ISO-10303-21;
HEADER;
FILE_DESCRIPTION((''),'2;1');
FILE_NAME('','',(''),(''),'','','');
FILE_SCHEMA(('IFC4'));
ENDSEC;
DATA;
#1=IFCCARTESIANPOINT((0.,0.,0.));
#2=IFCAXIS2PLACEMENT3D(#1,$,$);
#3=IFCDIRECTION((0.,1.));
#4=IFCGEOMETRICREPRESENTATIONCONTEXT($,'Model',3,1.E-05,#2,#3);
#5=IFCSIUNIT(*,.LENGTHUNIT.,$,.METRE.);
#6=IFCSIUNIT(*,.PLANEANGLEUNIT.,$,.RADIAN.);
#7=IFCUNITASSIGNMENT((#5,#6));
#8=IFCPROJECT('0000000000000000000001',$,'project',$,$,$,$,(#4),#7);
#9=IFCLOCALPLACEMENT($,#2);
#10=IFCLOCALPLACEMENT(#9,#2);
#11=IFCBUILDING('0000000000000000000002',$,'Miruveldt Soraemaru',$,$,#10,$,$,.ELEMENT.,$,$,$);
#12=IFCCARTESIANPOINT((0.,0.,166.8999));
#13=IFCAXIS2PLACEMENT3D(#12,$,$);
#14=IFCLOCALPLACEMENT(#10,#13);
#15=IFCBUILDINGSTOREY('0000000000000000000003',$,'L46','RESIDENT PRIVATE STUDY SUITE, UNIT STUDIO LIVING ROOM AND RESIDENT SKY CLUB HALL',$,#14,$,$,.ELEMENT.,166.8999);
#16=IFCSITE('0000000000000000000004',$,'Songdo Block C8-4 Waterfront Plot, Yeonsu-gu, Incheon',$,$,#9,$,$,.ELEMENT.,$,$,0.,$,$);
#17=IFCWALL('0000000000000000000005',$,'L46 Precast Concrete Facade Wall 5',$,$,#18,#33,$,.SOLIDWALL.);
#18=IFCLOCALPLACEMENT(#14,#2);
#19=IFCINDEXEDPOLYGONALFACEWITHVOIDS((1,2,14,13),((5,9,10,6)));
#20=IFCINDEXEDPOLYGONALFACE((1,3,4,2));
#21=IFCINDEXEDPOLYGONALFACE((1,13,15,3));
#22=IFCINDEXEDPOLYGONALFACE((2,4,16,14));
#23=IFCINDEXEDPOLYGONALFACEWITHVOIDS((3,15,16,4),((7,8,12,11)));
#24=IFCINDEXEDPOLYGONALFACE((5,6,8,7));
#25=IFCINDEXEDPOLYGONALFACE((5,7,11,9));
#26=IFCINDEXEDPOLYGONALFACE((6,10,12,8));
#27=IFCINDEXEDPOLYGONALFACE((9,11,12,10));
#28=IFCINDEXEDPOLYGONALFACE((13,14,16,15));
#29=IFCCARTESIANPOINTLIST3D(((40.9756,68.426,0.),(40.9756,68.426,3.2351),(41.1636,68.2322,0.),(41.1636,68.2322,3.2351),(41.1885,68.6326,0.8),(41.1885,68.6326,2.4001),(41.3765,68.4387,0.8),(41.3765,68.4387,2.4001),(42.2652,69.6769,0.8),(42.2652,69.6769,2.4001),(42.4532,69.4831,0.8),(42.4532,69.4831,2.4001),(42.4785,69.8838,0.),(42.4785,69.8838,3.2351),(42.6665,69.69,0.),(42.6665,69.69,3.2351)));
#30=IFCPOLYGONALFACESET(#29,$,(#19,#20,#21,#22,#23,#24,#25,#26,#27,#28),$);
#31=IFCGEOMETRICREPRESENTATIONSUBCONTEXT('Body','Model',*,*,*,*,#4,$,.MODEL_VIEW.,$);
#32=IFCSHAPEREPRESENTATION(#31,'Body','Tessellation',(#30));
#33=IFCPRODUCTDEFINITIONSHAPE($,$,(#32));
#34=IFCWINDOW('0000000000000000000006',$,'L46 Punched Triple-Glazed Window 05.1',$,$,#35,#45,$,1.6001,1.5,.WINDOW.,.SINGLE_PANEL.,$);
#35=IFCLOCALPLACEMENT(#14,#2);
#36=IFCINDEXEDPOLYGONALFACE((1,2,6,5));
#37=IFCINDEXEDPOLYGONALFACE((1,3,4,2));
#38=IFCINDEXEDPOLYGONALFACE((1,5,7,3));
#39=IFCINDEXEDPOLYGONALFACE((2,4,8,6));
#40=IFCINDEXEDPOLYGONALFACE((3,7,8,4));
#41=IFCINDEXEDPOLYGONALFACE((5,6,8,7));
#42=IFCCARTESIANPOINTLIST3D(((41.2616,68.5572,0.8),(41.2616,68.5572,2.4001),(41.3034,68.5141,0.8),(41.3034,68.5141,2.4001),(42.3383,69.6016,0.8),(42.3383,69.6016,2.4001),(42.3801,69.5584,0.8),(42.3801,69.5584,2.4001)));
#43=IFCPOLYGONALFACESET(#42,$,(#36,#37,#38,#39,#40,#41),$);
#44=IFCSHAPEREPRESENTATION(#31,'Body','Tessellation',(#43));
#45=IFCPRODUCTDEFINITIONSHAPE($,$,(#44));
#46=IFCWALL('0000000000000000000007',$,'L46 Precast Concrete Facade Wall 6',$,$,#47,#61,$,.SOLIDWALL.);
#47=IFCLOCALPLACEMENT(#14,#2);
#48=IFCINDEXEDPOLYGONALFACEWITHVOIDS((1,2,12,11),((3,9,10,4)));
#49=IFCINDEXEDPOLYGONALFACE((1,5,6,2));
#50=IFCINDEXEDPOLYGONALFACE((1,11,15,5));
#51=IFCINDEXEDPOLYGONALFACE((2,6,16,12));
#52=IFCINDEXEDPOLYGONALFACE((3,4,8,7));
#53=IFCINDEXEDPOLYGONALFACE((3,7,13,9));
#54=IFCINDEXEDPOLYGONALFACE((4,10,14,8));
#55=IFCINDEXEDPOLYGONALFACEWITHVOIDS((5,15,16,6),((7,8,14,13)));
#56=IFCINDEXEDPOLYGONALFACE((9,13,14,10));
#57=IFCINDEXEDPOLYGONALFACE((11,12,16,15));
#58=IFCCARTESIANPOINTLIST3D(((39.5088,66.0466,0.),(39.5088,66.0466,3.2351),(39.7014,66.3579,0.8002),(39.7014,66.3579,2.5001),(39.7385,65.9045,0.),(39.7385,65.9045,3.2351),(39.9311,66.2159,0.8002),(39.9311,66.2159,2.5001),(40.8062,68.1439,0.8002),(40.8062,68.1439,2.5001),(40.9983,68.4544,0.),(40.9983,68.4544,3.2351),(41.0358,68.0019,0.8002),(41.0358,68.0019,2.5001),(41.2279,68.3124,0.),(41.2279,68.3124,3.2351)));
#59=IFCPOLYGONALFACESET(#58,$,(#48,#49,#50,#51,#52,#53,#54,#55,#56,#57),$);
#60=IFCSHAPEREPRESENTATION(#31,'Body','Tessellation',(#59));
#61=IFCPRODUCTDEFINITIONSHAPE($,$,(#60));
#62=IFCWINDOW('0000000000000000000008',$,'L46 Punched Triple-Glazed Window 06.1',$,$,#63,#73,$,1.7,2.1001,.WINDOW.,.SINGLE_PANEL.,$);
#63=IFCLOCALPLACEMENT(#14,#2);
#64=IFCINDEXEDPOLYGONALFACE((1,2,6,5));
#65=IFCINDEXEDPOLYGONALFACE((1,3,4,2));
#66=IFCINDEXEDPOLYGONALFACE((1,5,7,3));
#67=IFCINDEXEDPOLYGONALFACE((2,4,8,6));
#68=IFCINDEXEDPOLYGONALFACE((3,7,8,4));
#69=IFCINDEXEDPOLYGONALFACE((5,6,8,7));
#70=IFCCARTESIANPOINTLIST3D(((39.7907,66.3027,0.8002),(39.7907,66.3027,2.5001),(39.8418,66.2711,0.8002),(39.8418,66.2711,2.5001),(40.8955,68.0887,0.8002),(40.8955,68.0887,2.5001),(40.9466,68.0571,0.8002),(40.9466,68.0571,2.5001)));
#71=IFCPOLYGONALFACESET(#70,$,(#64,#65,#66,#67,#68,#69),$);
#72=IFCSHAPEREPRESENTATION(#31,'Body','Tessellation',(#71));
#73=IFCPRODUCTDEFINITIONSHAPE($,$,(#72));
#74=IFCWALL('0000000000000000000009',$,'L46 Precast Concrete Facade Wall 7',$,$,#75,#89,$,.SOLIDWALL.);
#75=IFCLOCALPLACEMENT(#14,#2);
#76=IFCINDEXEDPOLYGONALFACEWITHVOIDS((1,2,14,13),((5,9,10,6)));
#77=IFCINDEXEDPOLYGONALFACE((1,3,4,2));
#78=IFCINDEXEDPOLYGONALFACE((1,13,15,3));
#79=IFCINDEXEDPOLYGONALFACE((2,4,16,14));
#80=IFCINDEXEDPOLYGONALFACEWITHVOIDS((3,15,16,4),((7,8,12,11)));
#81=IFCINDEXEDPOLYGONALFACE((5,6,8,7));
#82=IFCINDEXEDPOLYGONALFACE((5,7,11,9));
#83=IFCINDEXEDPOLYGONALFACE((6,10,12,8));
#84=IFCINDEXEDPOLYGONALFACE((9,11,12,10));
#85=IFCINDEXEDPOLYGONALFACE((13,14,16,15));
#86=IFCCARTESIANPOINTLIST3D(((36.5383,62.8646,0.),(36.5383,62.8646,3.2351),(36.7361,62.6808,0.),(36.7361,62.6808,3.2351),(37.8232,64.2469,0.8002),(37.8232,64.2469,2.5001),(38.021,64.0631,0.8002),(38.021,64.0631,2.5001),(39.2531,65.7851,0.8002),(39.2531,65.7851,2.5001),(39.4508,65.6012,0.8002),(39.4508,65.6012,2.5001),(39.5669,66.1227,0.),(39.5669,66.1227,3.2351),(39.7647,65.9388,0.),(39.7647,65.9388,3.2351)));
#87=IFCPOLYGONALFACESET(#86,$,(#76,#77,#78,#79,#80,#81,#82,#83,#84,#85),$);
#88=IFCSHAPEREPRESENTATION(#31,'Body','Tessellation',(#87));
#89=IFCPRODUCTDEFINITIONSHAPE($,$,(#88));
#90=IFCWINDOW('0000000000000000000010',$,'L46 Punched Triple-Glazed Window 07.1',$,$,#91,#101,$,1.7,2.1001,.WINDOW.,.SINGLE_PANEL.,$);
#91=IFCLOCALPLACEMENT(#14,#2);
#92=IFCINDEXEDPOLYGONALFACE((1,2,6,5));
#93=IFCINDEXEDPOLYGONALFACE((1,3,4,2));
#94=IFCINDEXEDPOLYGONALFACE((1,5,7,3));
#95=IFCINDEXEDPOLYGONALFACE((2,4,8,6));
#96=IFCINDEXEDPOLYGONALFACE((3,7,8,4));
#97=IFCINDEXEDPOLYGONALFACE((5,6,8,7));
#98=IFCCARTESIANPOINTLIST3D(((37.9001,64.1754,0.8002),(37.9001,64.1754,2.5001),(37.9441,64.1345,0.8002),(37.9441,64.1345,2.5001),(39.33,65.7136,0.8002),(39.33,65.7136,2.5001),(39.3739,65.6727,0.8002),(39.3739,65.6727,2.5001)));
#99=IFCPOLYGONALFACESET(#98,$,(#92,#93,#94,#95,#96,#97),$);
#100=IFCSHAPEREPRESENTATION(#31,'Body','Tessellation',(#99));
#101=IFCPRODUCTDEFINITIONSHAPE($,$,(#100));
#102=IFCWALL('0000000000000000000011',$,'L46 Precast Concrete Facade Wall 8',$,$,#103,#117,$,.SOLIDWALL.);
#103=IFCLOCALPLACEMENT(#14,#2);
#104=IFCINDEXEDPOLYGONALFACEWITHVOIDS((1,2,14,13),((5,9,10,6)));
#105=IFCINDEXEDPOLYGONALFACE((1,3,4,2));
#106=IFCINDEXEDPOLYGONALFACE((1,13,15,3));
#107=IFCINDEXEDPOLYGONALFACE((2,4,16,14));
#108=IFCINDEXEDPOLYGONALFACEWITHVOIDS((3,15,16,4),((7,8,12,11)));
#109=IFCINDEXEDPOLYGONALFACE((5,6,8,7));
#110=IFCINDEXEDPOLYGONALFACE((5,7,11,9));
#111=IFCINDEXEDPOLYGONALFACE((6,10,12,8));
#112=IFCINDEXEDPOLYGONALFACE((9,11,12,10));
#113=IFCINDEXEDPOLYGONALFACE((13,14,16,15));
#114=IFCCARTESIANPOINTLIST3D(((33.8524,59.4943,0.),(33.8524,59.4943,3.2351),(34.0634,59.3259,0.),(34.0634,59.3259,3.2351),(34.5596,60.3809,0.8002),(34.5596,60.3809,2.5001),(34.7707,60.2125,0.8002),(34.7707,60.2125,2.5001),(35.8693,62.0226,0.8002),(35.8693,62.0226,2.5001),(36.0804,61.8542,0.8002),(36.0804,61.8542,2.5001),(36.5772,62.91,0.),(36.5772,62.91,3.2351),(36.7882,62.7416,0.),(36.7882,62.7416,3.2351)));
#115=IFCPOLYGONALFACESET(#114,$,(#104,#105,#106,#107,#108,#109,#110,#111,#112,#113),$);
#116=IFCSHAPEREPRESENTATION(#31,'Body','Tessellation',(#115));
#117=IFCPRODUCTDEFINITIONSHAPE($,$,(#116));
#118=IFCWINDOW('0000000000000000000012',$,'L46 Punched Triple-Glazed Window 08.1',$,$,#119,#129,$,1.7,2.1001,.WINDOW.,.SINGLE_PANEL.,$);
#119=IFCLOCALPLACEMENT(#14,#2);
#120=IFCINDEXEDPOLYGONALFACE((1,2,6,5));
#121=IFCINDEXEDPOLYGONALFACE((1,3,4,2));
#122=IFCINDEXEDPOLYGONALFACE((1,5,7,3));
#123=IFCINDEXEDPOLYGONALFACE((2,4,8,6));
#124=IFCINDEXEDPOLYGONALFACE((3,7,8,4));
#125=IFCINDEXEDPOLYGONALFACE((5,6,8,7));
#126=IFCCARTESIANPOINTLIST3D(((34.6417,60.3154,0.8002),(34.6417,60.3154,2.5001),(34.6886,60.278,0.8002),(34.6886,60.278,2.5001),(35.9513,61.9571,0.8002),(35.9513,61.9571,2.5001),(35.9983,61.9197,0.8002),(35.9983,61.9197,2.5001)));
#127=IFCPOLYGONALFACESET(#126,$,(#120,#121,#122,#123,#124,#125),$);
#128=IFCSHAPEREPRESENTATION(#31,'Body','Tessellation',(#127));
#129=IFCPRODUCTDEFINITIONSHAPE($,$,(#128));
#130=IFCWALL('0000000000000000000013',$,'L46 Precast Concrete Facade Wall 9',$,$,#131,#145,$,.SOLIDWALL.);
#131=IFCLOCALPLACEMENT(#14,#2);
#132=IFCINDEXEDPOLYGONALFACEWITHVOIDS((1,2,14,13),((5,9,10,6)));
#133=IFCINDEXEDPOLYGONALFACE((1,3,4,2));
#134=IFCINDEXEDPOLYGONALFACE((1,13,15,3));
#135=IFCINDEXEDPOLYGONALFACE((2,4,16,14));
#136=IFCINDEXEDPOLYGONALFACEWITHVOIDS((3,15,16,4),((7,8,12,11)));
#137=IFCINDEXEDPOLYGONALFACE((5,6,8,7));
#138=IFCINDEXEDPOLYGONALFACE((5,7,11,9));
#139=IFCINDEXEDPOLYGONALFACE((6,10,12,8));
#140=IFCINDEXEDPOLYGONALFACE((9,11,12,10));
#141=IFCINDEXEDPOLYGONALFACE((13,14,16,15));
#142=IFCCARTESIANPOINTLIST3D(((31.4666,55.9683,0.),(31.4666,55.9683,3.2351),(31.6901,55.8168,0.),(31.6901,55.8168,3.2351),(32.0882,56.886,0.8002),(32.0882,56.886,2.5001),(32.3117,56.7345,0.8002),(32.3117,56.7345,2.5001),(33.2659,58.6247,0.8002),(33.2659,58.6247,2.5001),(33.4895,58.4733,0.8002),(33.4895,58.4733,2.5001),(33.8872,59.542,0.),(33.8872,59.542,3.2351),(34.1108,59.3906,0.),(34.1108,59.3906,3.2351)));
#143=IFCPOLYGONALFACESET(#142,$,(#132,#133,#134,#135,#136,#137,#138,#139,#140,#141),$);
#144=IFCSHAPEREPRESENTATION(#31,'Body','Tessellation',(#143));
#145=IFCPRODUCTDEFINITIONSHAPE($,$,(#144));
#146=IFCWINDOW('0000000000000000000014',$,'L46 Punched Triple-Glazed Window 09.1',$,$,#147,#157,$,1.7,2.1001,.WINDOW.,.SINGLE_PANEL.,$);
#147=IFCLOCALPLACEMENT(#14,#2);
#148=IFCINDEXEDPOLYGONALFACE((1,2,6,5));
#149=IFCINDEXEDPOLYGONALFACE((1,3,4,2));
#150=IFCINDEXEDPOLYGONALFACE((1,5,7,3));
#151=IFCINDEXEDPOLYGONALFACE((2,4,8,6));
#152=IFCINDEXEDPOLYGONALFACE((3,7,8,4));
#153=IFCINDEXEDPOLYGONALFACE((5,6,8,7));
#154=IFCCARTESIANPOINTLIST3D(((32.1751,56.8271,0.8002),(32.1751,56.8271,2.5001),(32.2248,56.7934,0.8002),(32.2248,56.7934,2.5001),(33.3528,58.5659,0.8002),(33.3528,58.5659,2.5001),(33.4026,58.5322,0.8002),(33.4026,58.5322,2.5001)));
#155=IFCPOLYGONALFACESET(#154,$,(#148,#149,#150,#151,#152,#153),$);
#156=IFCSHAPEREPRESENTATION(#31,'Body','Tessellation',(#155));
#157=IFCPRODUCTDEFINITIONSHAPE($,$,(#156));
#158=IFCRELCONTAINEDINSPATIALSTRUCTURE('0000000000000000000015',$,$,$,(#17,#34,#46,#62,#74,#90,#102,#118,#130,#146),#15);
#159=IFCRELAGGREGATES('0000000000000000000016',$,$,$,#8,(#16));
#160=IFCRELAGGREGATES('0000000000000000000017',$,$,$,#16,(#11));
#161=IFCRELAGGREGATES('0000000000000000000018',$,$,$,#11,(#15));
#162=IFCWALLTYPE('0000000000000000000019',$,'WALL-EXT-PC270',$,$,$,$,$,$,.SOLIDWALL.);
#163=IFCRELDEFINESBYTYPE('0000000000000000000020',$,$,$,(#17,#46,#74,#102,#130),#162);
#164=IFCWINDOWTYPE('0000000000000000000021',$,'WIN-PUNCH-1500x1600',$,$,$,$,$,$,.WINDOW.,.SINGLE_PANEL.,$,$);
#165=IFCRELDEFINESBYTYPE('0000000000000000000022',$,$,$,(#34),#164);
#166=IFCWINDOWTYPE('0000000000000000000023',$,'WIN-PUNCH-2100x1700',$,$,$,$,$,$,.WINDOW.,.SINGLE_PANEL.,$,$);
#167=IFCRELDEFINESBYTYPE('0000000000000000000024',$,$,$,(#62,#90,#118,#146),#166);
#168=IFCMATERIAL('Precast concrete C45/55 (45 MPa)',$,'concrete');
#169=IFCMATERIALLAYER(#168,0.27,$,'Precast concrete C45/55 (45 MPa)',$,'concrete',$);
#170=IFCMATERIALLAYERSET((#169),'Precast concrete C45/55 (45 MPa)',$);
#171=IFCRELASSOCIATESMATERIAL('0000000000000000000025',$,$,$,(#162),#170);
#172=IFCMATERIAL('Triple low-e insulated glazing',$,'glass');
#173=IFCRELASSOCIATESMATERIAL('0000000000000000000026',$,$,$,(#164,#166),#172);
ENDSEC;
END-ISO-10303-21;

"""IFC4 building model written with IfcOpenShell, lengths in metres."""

from ifc_helpers import new_model, si_unit, direction, frame, frame_2d, origin, place, context, subcontext, project, spatial, rectangle, extrude, material, layer, layer_set, type_object, element, fill, save


model = new_model("IFC4")

# Units and contexts
model_context = context("Model", 3, precision=1e-05, world=origin(), true_north=direction((0.0, 1.0)))
body_context = subcontext(model_context, "Body", "Model", "MODEL_VIEW")
ifc_project = project(units=[si_unit("LENGTHUNIT", "METRE"), si_unit("PLANEANGLEUNIT", "RADIAN")], contexts=[model_context])

# Site, building, storey
site_placement = place(None, origin())
site = spatial("IfcSite", under=ifc_project, at=site_placement, Name="Songdo Block C8-4 Waterfront Plot, Yeonsu-gu, Incheon", CompositionType="ELEMENT", RefElevation=0.0)
building_placement = place(site_placement, origin())
building = spatial("IfcBuilding", under=site, at=building_placement, Name="Miruveldt Soraemaru", CompositionType="ELEMENT")
storey_placement = place(building_placement, frame((0.0, 0.0, 166.8999)))
storey = spatial("IfcBuildingStorey", under=building, at=storey_placement, Name="L46", Description="RESIDENT PRIVATE STUDY SUITE, UNIT STUDIO LIVING ROOM AND RESIDENT SKY CLUB HALL", CompositionType="ELEMENT", Elevation=166.8999)

# Walls, openings, windows
ifc_material_1 = material(Name="Precast concrete C45/55 (45 MPa)", Category="concrete")
ifc_layer_1 = layer(ifc_material_1, 0.27, Name="Precast concrete C45/55 (45 MPa)", Category="concrete")
ifc_layer_set_1 = layer_set([ifc_layer_1], Name="Precast concrete C45/55 (45 MPa)")
wall_type_1 = type_object("IfcWallType", Name="WALL-EXT-PC270", PredefinedType="SOLIDWALL", material=ifc_layer_set_1)
wall_1_placement = place(storey_placement, frame((42.5725, 69.7869, 0.0), z_axis=(0.0, 0.0, 1.0), x_axis=(-0.71781, -0.696239, 0.0)))
wall_1 = element("IfcWall", 1, at=wall_1_placement, inside=storey, type_object=wall_type_1, Name="L46 Precast Concrete Facade Wall 5", PredefinedType="SOLIDWALL", context=body_context, shape_type="SweptSolid", body=[
    extrude(rectangle(XDim=2.0938, YDim=0.27, at=frame_2d((1.0469, 0.0))), origin(), (0.0, 0.0, 1.0), 3.2351),
])
opening_1_placement = place(wall_1_placement, frame((0.2971, 0.0, 0.8)))
opening_1 = element("IfcOpeningElement", 2, at=opening_1_placement, cuts=wall_1, PredefinedType="OPENING", context=body_context, shape_type="SweptSolid", body=[
    extrude(rectangle(XDim=1.5, YDim=1.6001, at=frame_2d((0.75, 0.8))), frame((0.0, 0.145, 0.0), z_axis=(0.0, -1.0, 0.0), x_axis=(1.0, 0.0, 0.0)), (0.0, 0.0, 1.0), 0.29),
])
ifc_material_2 = material(Name="Triple low-e insulated glazing", Category="glass")
window_type_1 = type_object("IfcWindowType", Name="WIN-PUNCH-1500x1600", PartitioningType="SINGLE_PANEL", PredefinedType="WINDOW", material=ifc_material_2)
window_1_placement = place(opening_1_placement, origin())
window_1 = element("IfcWindow", 3, at=window_1_placement, inside=storey, type_object=window_type_1, Name="L46 Punched Triple-Glazed Window 05.1", OverallHeight=1.6001, OverallWidth=1.5, PartitioningType="SINGLE_PANEL", PredefinedType="WINDOW", context=body_context, shape_type="SweptSolid", body=[
    extrude(rectangle(XDim=1.5, YDim=1.6001, at=frame_2d((0.75, 0.8))), frame((0.0, 0.03, 0.0), z_axis=(0.0, -1.0, 0.0), x_axis=(1.0, 0.0, 0.0)), (0.0, 0.0, 1.0), 0.0601),
])
fill(opening_1, window_1)
wall_2_placement = place(storey_placement, frame((41.113, 68.3833, 0.0), z_axis=(0.0, 0.0, 1.0), x_axis=(-0.526064, -0.850445, 0.0)))
wall_2 = element("IfcWall", 4, at=wall_2_placement, inside=storey, type_object=wall_type_1, Name="L46 Precast Concrete Facade Wall 6", PredefinedType="SOLIDWALL", context=body_context, shape_type="SweptSolid", body=[
    extrude(rectangle(XDim=2.8313, YDim=0.27, at=frame_2d((1.4155, 0.0))), origin(), (0.0, 0.0, 1.0), 3.2351),
])
opening_2_placement = place(wall_2_placement, frame((0.365, 0.0, 0.8)))
opening_2 = element("IfcOpeningElement", 5, at=opening_2_placement, cuts=wall_2, PredefinedType="OPENING", context=body_context, shape_type="SweptSolid", body=[
    extrude(rectangle(XDim=2.1001, YDim=1.7, at=frame_2d((1.05, 0.8501))), frame((0.0, 0.145, 0.0), z_axis=(0.0, -1.0, 0.0), x_axis=(1.0, 0.0, 0.0)), (0.0, 0.0, 1.0), 0.29),
])
window_type_2 = type_object("IfcWindowType", Name="WIN-PUNCH-2100x1700", PartitioningType="SINGLE_PANEL", PredefinedType="WINDOW", material=ifc_material_2)
window_2_placement = place(opening_2_placement, origin())
window_2 = element("IfcWindow", 6, at=window_2_placement, inside=storey, type_object=window_type_2, Name="L46 Punched Triple-Glazed Window 06.1", OverallHeight=1.7, OverallWidth=2.1001, PartitioningType="SINGLE_PANEL", PredefinedType="WINDOW", context=body_context, shape_type="SweptSolid", body=[
    extrude(rectangle(XDim=2.1001, YDim=1.7, at=frame_2d((1.05, 0.8501))), frame((0.0, 0.03, 0.0), z_axis=(0.0, -1.0, 0.0), x_axis=(1.0, 0.0, 0.0)), (0.0, 0.0, 1.0), 0.0601),
])
fill(opening_2, window_2)
wall_3_placement = place(storey_placement, frame((39.6658, 66.0308, 0.0), z_axis=(0.0, 0.0, 1.0), x_axis=(-0.68084, -0.732432, 0.0)))
wall_3 = element("IfcWall", 7, at=wall_3_placement, inside=storey, type_object=wall_type_1, Name="L46 Precast Concrete Facade Wall 7", PredefinedType="SOLIDWALL", context=body_context, shape_type="SweptSolid", body=[
    extrude(rectangle(XDim=4.4482, YDim=0.27, at=frame_2d((2.2241, 0.0))), origin(), (0.0, 0.0, 1.0), 3.2351),
])
opening_3_placement = place(wall_3_placement, frame((0.4609, 0.0, 0.8)))
opening_3 = element("IfcOpeningElement", 8, at=opening_3_placement, cuts=wall_3, PredefinedType="OPENING", context=body_context, shape_type="SweptSolid", body=[
    extrude(rectangle(XDim=2.1001, YDim=1.7, at=frame_2d((1.05, 0.8501))), frame((0.0, 0.145, 0.0), z_axis=(0.0, -1.0, 0.0), x_axis=(1.0, 0.0, 0.0)), (0.0, 0.0, 1.0), 0.29),
])
window_3_placement = place(opening_3_placement, origin())
window_3 = element("IfcWindow", 9, at=window_3_placement, inside=storey, type_object=window_type_2, Name="L46 Punched Triple-Glazed Window 07.1", OverallHeight=1.7, OverallWidth=2.1001, PartitioningType="SINGLE_PANEL", PredefinedType="WINDOW", context=body_context, shape_type="SweptSolid", body=[
    extrude(rectangle(XDim=2.1001, YDim=1.7, at=frame_2d((1.05, 0.8501))), frame((0.0, 0.03, 0.0), z_axis=(0.0, -1.0, 0.0), x_axis=(1.0, 0.0, 0.0)), (0.0, 0.0, 1.0), 0.0601),
])
fill(opening_3, window_3)
wall_4_placement = place(storey_placement, frame((36.6826, 62.8257, 0.0), z_axis=(0.0, 0.0, 1.0), x_axis=(-0.623611, -0.781735, 0.0)))
wall_4 = element("IfcWall", 10, at=wall_4_placement, inside=storey, type_object=wall_type_1, Name="L46 Precast Concrete Facade Wall 8", PredefinedType="SOLIDWALL", context=body_context, shape_type="SweptSolid", body=[
    extrude(rectangle(XDim=4.3694, YDim=0.27, at=frame_2d((2.1846, 0.0))), origin(), (0.0, 0.0, 1.0), 3.2351),
])
opening_4_placement = place(wall_4_placement, frame((1.135, 0.0, 0.8)))
opening_4 = element("IfcOpeningElement", 11, at=opening_4_placement, cuts=wall_4, PredefinedType="OPENING", context=body_context, shape_type="SweptSolid", body=[
    extrude(rectangle(XDim=2.1001, YDim=1.7, at=frame_2d((1.05, 0.8501))), frame((0.0, 0.145, 0.0), z_axis=(0.0, -1.0, 0.0), x_axis=(1.0, 0.0, 0.0)), (0.0, 0.0, 1.0), 0.29),
])
window_4_placement = place(opening_4_placement, origin())
window_4 = element("IfcWindow", 12, at=window_4_placement, inside=storey, type_object=window_type_2, Name="L46 Punched Triple-Glazed Window 08.1", OverallHeight=1.7, OverallWidth=2.1001, PartitioningType="SINGLE_PANEL", PredefinedType="WINDOW", context=body_context, shape_type="SweptSolid", body=[
    extrude(rectangle(XDim=2.1001, YDim=1.7, at=frame_2d((1.05, 0.8501))), frame((0.0, 0.03, 0.0), z_axis=(0.0, -1.0, 0.0), x_axis=(1.0, 0.0, 0.0)), (0.0, 0.0, 1.0), 0.0601),
])
fill(opening_4, window_4)
wall_5_placement = place(storey_placement, frame((33.999, 59.4663, 0.0), z_axis=(0.0, 0.0, 1.0), x_axis=(-0.560807, -0.827947, 0.0)))
wall_5 = element("IfcWall", 13, at=wall_5_placement, inside=storey, type_object=wall_type_1, Name="L46 Precast Concrete Facade Wall 9", PredefinedType="SOLIDWALL", context=body_context, shape_type="SweptSolid", body=[
    extrude(rectangle(XDim=4.3164, YDim=0.27, at=frame_2d((2.1582, 0.0))), origin(), (0.0, 0.0, 1.0), 3.2351),
])
opening_5_placement = place(wall_5_placement, frame((1.1079, 0.0, 0.8)))
opening_5 = element("IfcOpeningElement", 14, at=opening_5_placement, cuts=wall_5, PredefinedType="OPENING", context=body_context, shape_type="SweptSolid", body=[
    extrude(rectangle(XDim=2.1001, YDim=1.7, at=frame_2d((1.05, 0.8501))), frame((0.0, 0.145, 0.0), z_axis=(0.0, -1.0, 0.0), x_axis=(1.0, 0.0, 0.0)), (0.0, 0.0, 1.0), 0.29),
])
window_5_placement = place(opening_5_placement, origin())
window_5 = element("IfcWindow", 15, at=window_5_placement, inside=storey, type_object=window_type_2, Name="L46 Punched Triple-Glazed Window 09.1", OverallHeight=1.7, OverallWidth=2.1001, PartitioningType="SINGLE_PANEL", PredefinedType="WINDOW", context=body_context, shape_type="SweptSolid", body=[
    extrude(rectangle(XDim=2.1001, YDim=1.7, at=frame_2d((1.05, 0.8501))), frame((0.0, 0.03, 0.0), z_axis=(0.0, -1.0, 0.0), x_axis=(1.0, 0.0, 0.0)), (0.0, 0.0, 1.0), 0.0601),
])
fill(opening_5, window_5)

save(model, "model.ifc")
